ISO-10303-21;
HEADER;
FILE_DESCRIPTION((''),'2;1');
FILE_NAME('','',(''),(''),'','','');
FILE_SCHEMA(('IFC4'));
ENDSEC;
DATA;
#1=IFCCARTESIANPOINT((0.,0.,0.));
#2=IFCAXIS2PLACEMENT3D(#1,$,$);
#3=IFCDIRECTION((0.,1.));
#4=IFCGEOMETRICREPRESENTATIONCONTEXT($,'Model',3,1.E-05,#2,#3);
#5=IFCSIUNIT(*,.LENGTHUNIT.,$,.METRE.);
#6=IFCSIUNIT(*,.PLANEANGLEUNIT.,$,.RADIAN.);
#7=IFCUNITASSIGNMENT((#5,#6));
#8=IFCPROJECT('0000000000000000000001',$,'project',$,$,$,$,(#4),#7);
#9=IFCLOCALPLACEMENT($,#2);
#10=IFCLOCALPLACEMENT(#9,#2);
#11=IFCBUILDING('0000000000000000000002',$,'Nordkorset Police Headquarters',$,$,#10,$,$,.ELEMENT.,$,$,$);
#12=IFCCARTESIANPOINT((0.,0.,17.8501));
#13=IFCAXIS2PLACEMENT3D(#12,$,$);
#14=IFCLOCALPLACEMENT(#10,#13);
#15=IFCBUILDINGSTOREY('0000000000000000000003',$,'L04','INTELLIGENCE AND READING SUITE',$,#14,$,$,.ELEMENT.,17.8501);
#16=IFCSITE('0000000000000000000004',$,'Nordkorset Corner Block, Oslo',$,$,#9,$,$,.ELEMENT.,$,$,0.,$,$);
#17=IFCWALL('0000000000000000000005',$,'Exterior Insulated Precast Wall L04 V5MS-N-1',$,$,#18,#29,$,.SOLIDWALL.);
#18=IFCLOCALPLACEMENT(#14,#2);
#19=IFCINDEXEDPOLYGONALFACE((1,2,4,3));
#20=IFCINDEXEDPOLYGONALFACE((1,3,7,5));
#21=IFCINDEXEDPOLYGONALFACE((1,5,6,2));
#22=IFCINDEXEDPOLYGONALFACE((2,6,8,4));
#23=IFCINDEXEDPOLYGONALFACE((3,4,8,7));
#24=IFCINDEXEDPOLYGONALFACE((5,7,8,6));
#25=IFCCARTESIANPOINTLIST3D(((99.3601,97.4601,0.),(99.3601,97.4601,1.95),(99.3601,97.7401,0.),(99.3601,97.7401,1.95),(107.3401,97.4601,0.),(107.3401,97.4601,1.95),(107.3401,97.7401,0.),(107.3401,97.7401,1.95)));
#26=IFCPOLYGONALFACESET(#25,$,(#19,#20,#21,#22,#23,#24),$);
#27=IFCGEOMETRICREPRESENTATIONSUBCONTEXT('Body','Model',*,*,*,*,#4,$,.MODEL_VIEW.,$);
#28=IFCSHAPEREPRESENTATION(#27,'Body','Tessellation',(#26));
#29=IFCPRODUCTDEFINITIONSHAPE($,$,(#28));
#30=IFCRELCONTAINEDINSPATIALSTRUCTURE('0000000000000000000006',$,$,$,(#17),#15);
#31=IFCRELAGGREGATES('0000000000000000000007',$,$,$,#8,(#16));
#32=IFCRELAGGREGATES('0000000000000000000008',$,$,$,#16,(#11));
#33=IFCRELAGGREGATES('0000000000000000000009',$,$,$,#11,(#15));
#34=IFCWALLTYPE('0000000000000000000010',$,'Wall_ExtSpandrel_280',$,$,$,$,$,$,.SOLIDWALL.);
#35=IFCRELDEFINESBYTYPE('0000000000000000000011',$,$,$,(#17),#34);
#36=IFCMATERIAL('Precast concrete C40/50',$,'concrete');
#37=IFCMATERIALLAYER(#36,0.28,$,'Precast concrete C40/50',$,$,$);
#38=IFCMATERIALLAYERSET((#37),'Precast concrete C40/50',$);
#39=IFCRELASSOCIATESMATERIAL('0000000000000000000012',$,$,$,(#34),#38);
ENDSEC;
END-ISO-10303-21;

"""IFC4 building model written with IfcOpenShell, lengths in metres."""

from ifc_helpers import new_model, si_unit, direction, frame, frame_2d, origin, place, context, subcontext, project, spatial, rectangle, extrude, material, layer, layer_set, type_object, element, save


model = new_model("IFC4")

# Units and contexts
model_context = context("Model", 3, precision=1e-05, world=origin(), true_north=direction((0.0, 1.0)))
body_context = subcontext(model_context, "Body", "Model", "MODEL_VIEW")
ifc_project = project(units=[si_unit("LENGTHUNIT", "METRE"), si_unit("PLANEANGLEUNIT", "RADIAN")], contexts=[model_context])

# Site, building, storey
site_placement = place(None, origin())
site = spatial("IfcSite", under=ifc_project, at=site_placement, Name="Nordkorset Corner Block, Oslo", CompositionType="ELEMENT", RefElevation=0.0)
building_placement = place(site_placement, origin())
building = spatial("IfcBuilding", under=site, at=building_placement, Name="Nordkorset Police Headquarters", CompositionType="ELEMENT")
storey_placement = place(building_placement, frame((0.0, 0.0, 17.8501)))
storey = spatial("IfcBuildingStorey", under=building, at=storey_placement, Name="L04", Description="INTELLIGENCE AND READING SUITE", CompositionType="ELEMENT", Elevation=17.8501)

# Wall
ifc_material_1 = material(Name="Precast concrete C40/50", Category="concrete")
ifc_layer_1 = layer(ifc_material_1, 0.28, Name="Precast concrete C40/50")
ifc_layer_set_1 = layer_set([ifc_layer_1], Name="Precast concrete C40/50")
wall_type = type_object("IfcWallType", Name="Wall_ExtSpandrel_280", PredefinedType="SOLIDWALL", material=ifc_layer_set_1)
wall_1_placement = place(storey_placement, frame((99.3601, 97.6001, 0.0), z_axis=(0.0, 0.0, 1.0), x_axis=(1.0, 0.0, 0.0)))
element("IfcWall", 1, at=wall_1_placement, inside=storey, type_object=wall_type, Name="Exterior Insulated Precast Wall L04 V5MS-N-1", PredefinedType="SOLIDWALL", context=body_context, shape_type="SweptSolid", body=[
    extrude(rectangle(XDim=7.98, YDim=0.28, at=frame_2d((3.99, 0.0))), origin(), (0.0, 0.0, 1.0), 1.95),
])

save(model, "model.ifc")
